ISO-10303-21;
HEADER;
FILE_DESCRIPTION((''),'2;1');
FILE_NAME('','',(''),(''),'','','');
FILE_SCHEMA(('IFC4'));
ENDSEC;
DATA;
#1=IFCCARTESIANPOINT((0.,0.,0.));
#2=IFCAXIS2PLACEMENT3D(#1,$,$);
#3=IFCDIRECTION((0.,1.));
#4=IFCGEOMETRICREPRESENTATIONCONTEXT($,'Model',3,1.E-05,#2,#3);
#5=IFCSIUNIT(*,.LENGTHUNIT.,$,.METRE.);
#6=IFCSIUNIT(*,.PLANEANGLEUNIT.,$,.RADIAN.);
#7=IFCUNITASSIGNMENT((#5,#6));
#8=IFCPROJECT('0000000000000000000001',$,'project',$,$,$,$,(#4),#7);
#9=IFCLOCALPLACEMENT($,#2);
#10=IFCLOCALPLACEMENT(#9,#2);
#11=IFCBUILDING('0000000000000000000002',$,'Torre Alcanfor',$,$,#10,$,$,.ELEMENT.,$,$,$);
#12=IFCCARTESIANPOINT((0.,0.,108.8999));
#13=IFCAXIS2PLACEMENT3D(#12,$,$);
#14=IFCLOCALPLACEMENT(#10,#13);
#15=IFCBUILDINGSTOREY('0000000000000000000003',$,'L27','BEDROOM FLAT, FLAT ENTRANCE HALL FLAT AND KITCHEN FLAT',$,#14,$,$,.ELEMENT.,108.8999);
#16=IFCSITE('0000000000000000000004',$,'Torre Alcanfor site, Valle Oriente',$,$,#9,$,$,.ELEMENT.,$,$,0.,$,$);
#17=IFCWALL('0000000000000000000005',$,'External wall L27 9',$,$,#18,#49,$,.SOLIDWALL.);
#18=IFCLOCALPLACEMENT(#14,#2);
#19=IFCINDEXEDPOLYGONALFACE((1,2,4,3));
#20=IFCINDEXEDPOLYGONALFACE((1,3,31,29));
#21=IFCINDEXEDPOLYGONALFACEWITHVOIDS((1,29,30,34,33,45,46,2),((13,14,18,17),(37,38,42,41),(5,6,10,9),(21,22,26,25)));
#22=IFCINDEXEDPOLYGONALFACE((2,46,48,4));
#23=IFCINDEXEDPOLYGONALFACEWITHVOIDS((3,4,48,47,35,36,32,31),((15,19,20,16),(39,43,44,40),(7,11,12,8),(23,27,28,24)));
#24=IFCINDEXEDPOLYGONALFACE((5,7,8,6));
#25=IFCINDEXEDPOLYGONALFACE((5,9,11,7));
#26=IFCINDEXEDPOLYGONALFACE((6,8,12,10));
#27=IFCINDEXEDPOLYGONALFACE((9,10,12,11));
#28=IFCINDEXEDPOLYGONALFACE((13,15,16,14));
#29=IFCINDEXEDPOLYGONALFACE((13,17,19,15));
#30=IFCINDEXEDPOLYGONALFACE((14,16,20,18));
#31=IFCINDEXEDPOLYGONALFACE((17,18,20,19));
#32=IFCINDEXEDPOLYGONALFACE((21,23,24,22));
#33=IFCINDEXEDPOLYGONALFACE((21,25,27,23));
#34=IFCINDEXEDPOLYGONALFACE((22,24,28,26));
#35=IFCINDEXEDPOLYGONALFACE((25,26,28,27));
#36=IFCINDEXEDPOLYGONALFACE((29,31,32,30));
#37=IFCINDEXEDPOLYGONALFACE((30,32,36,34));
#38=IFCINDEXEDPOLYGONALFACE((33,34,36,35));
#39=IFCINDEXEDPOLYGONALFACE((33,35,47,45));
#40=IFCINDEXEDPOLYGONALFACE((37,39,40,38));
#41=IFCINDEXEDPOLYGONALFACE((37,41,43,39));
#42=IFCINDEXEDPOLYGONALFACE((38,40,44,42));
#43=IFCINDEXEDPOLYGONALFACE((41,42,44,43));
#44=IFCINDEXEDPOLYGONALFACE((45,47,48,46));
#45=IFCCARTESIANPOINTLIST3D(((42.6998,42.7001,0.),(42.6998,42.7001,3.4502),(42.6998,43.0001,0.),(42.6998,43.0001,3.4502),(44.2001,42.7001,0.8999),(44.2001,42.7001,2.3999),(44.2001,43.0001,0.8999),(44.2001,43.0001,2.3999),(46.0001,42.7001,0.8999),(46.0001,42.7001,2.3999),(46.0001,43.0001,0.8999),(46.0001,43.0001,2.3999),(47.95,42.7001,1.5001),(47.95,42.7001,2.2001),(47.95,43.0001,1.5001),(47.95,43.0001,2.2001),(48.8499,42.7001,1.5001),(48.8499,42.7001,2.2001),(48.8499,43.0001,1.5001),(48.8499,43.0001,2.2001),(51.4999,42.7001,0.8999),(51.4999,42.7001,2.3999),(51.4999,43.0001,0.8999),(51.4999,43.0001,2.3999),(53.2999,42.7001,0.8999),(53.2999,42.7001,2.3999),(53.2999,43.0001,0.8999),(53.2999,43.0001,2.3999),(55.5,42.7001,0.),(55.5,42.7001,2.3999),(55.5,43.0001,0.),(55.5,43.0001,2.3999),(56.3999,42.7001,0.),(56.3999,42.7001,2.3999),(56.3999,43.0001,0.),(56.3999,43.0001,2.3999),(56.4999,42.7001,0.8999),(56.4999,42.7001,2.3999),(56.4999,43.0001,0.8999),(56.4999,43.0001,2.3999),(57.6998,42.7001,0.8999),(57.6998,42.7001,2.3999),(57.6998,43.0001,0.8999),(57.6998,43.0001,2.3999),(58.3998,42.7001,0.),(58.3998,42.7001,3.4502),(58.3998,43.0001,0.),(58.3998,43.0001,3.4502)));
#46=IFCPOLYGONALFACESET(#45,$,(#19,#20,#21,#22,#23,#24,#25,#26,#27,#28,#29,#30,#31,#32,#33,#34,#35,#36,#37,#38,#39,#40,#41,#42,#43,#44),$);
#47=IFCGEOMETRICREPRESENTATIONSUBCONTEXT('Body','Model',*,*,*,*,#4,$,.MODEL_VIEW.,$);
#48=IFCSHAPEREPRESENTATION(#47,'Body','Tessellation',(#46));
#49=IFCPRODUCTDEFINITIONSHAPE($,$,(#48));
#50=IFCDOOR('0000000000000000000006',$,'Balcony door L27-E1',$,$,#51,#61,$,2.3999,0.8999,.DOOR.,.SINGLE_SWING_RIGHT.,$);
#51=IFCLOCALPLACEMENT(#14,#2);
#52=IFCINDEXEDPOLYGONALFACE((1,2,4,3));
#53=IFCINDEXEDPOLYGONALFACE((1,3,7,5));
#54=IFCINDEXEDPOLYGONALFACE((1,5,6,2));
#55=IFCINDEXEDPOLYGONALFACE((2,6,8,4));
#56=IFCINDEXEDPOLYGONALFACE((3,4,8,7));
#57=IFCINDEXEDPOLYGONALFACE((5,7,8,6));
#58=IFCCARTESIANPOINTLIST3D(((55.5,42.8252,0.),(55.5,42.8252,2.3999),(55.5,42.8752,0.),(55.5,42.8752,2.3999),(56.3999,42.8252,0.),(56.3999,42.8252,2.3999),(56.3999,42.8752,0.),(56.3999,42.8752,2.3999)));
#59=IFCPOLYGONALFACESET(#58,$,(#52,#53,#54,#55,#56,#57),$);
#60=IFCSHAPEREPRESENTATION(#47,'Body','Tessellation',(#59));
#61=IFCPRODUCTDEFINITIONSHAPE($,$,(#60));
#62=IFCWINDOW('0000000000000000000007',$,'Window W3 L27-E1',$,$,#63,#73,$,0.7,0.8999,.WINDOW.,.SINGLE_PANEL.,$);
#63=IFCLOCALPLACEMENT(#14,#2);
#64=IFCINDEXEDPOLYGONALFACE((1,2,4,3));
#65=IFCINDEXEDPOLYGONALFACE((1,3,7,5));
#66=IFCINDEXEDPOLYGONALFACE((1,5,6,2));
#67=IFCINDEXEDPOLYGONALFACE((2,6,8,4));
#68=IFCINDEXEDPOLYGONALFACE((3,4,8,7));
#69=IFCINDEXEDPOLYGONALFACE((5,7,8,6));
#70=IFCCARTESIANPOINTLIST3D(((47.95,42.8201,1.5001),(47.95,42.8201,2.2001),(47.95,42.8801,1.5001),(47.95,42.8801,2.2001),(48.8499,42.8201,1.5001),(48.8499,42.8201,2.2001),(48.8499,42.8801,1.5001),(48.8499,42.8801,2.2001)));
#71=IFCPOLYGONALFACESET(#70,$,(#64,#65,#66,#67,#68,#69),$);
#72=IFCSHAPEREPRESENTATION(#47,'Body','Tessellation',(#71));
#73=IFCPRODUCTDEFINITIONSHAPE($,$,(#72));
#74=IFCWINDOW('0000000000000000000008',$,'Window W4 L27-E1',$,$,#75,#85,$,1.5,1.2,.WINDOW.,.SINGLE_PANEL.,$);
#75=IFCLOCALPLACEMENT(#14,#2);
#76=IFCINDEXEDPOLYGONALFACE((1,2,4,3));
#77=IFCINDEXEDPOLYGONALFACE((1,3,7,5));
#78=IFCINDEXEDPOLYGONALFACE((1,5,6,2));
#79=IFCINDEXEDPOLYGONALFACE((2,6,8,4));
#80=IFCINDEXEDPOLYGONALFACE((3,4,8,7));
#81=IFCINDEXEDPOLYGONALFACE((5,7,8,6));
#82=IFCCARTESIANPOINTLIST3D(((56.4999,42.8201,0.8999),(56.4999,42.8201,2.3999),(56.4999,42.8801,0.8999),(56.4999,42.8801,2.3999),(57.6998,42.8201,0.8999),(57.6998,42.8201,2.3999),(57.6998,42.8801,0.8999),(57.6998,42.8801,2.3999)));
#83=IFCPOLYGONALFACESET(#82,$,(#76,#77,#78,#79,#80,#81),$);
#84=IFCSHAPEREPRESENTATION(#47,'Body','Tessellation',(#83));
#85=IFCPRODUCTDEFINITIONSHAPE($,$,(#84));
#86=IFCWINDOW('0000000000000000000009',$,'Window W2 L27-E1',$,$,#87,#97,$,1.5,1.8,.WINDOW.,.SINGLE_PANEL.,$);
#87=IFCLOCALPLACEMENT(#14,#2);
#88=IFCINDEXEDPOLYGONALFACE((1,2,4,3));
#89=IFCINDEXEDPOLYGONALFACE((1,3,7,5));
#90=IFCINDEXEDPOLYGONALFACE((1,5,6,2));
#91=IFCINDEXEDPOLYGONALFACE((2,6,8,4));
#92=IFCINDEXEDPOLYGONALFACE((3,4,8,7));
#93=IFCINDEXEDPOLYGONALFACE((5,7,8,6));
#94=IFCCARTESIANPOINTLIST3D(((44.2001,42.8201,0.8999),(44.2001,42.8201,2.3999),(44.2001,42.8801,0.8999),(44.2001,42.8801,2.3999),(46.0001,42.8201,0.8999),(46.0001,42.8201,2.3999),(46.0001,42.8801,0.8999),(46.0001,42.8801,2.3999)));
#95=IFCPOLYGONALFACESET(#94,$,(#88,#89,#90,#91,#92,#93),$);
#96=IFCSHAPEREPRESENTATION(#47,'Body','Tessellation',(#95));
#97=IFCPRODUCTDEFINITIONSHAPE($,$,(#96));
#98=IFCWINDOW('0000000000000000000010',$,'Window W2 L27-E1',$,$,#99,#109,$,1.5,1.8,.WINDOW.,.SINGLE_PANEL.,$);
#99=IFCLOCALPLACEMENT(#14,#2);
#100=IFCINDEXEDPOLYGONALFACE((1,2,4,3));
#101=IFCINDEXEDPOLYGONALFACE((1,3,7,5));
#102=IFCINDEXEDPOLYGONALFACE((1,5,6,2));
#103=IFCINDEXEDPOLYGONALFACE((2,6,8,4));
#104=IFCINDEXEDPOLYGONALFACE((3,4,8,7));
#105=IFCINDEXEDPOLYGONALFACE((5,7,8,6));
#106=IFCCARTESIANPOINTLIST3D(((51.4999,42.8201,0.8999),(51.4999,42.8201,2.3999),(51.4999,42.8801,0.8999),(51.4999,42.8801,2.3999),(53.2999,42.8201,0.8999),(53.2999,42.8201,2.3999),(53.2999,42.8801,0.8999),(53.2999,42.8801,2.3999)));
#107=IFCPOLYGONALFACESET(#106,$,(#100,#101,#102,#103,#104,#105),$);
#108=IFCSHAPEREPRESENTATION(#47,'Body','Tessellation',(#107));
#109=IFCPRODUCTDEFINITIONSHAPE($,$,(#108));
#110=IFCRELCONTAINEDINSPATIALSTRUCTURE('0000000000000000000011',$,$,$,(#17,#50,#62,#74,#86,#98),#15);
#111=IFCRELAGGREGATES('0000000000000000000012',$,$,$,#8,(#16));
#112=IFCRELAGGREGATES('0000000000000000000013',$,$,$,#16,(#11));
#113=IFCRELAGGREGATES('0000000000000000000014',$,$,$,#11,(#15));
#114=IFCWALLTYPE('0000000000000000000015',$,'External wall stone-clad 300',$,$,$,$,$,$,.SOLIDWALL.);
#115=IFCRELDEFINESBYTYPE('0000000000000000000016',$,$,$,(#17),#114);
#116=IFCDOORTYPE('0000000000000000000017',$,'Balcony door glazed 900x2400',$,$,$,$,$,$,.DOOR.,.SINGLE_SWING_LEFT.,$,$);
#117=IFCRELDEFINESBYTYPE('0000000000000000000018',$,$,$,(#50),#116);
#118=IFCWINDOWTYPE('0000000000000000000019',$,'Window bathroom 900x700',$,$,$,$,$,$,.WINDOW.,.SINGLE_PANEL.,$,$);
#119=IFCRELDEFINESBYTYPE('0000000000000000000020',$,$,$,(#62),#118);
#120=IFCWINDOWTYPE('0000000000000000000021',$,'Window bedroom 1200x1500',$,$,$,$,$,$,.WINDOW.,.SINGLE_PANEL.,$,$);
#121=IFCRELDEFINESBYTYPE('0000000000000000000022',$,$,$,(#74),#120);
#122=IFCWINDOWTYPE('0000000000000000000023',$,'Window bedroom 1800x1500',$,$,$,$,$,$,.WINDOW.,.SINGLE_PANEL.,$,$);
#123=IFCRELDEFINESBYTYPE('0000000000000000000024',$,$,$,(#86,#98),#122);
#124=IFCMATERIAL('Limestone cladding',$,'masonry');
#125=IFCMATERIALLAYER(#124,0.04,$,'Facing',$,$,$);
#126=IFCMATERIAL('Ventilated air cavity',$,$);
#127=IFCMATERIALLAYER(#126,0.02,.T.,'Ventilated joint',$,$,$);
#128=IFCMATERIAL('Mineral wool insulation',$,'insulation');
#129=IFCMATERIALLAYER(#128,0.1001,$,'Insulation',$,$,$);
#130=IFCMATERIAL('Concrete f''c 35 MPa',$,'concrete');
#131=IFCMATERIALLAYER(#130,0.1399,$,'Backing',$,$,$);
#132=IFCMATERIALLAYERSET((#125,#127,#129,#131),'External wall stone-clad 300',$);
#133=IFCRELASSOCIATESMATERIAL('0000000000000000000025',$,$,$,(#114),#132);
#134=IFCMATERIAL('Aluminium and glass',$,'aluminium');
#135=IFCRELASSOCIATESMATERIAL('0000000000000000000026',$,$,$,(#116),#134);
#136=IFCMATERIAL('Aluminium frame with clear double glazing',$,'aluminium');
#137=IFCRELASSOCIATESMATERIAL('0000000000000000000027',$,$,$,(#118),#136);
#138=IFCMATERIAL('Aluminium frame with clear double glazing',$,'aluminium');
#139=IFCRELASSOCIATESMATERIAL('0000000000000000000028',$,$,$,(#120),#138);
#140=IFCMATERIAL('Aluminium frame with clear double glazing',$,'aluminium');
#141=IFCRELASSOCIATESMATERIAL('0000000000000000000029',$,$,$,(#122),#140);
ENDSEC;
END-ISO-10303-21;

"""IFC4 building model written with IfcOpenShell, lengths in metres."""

from ifc_helpers import new_model, si_unit, direction, frame, frame_2d, origin, place, context, subcontext, project, spatial, rectangle, extrude, material, layer, layer_set, type_object, element, fill, save


model = new_model("IFC4")

# Units and contexts
model_context = context("Model", 3, precision=1e-05, world=origin(), true_north=direction((0.0, 1.0)))
body_context = subcontext(model_context, "Body", "Model", "MODEL_VIEW")
ifc_project = project(units=[si_unit("LENGTHUNIT", "METRE"), si_unit("PLANEANGLEUNIT", "RADIAN")], contexts=[model_context])

# Site, building, storey
site_placement = place(None, origin())
site = spatial("IfcSite", under=ifc_project, at=site_placement, Name="Torre Alcanfor site, Valle Oriente", CompositionType="ELEMENT", RefElevation=0.0)
building_placement = place(site_placement, origin())
building = spatial("IfcBuilding", under=site, at=building_placement, Name="Torre Alcanfor", CompositionType="ELEMENT")
storey_placement = place(building_placement, frame((0.0, 0.0, 108.8999)))
storey = spatial("IfcBuildingStorey", under=building, at=storey_placement, Name="L27", Description="BEDROOM FLAT, FLAT ENTRANCE HALL FLAT AND KITCHEN FLAT", CompositionType="ELEMENT", Elevation=108.8999)

# Wall, openings, door, windows
ifc_material_1 = material(Name="Limestone cladding", Category="masonry")
ifc_layer_1 = layer(ifc_material_1, 0.04, Name="Facing")
ifc_material_2 = material(Name="Ventilated air cavity")
ifc_layer_2 = layer(ifc_material_2, 0.02, ventilated=True, Name="Ventilated joint")
ifc_material_3 = material(Name="Mineral wool insulation", Category="insulation")
ifc_layer_3 = layer(ifc_material_3, 0.1001, Name="Insulation")
ifc_material_4 = material(Name="Concrete f'c 35 MPa", Category="concrete")
ifc_layer_4 = layer(ifc_material_4, 0.1399, Name="Backing")
ifc_layer_set_1 = layer_set([ifc_layer_1, ifc_layer_2, ifc_layer_3, ifc_layer_4], Name="External wall stone-clad 300")
wall_type_1 = type_object("IfcWallType", Name="External wall stone-clad 300", PredefinedType="SOLIDWALL", material=ifc_layer_set_1)
wall_1_placement = place(storey_placement, frame((58.3999, 42.8501, 0.0), z_axis=(0.0, 0.0, 1.0), x_axis=(-1.0, 0.0, 0.0)))
wall_1 = element("IfcWall", 1, at=wall_1_placement, inside=storey, type_object=wall_type_1, Name="External wall L27 9", PredefinedType="SOLIDWALL", context=body_context, shape_type="SweptSolid", body=[
    extrude(rectangle(XDim=15.7, YDim=0.3, at=frame_2d((7.8501, 0.0))), origin(), (0.0, 0.0, 1.0), 3.4502),
])
opening_1_placement = place(wall_1_placement, frame((12.3999, 0.0, 0.8999)))
opening_1 = element("IfcOpeningElement", 2, at=opening_1_placement, cuts=wall_1, PredefinedType="OPENING", context=body_context, shape_type="SweptSolid", body=[
    extrude(rectangle(XDim=1.8, YDim=1.5, at=frame_2d((0.8999, 0.75))), frame((0.0, 0.1599, 0.0), z_axis=(0.0, -1.0, 0.0), x_axis=(1.0, 0.0, 0.0)), (0.0, 0.0, 1.0), 0.3201),
])
opening_2_placement = place(wall_1_placement, frame((9.55, 0.0, 1.5)))
opening_2 = element("IfcOpeningElement", 3, at=opening_2_placement, cuts=wall_1, PredefinedType="OPENING", context=body_context, shape_type="SweptSolid", body=[
    extrude(rectangle(XDim=0.8999, YDim=0.7, at=frame_2d((0.45, 0.3501))), frame((0.0, 0.1599, 0.0), z_axis=(0.0, -1.0, 0.0), x_axis=(1.0, 0.0, 0.0)), (0.0, 0.0, 1.0), 0.3201),
])
opening_3_placement = place(wall_1_placement, frame((5.1001, 0.0, 0.8999)))
opening_3 = element("IfcOpeningElement", 4, at=opening_3_placement, cuts=wall_1, PredefinedType="OPENING", context=body_context, shape_type="SweptSolid", body=[
    extrude(rectangle(XDim=1.8, YDim=1.5, at=frame_2d((0.8999, 0.75))), frame((0.0, 0.1599, 0.0), z_axis=(0.0, -1.0, 0.0), x_axis=(1.0, 0.0, 0.0)), (0.0, 0.0, 1.0), 0.3201),
])
opening_4_placement = place(wall_1_placement, frame((2.0, 0.0, 0.0)))
opening_4 = element("IfcOpeningElement", 5, at=opening_4_placement, cuts=wall_1, PredefinedType="OPENING", context=body_context, shape_type="SweptSolid", body=[
    extrude(rectangle(XDim=0.8999, YDim=2.3999, at=frame_2d((0.45, 1.2))), frame((0.0, 0.1599, 0.0), z_axis=(0.0, -1.0, 0.0), x_axis=(1.0, 0.0, 0.0)), (0.0, 0.0, 1.0), 0.3201),
])
opening_5_placement = place(wall_1_placement, frame((0.7, 0.0, 0.8999)))
opening_5 = element("IfcOpeningElement", 6, at=opening_5_placement, cuts=wall_1, PredefinedType="OPENING", context=body_context, shape_type="SweptSolid", body=[
    extrude(rectangle(XDim=1.2, YDim=1.5, at=frame_2d((0.6001, 0.75))), frame((0.0, 0.1599, 0.0), z_axis=(0.0, -1.0, 0.0), x_axis=(1.0, 0.0, 0.0)), (0.0, 0.0, 1.0), 0.3201),
])
ifc_material_5 = material(Name="Aluminium and glass", Category="aluminium")
door_type_1 = type_object("IfcDoorType", Name="Balcony door glazed 900x2400", OperationType="SINGLE_SWING_LEFT", PredefinedType="DOOR", material=ifc_material_5)
door_1_placement = place(opening_4_placement, origin())
door_1 = element("IfcDoor", 7, at=door_1_placement, inside=storey, type_object=door_type_1, Name="Balcony door L27-E1", OperationType="SINGLE_SWING_RIGHT", OverallHeight=2.3999, OverallWidth=0.8999, PredefinedType="DOOR", context=body_context, shape_type="SweptSolid", body=[
    extrude(rectangle(XDim=0.8999, YDim=2.3999, at=frame_2d((0.45, 1.2))), frame((0.0, 0.0249, 0.0), z_axis=(0.0, -1.0, 0.0), x_axis=(1.0, 0.0, 0.0)), (0.0, 0.0, 1.0), 0.05),
])
fill(opening_4, door_1)
ifc_material_6 = material(Name="Aluminium frame with clear double glazing", Category="aluminium")
window_type_1 = type_object("IfcWindowType", Name="Window bathroom 900x700", PartitioningType="SINGLE_PANEL", PredefinedType="WINDOW", material=ifc_material_6)
window_1_placement = place(opening_2_placement, origin())
window_1 = element("IfcWindow", 8, at=window_1_placement, inside=storey, type_object=window_type_1, Name="Window W3 L27-E1", OverallHeight=0.7, OverallWidth=0.8999, PartitioningType="SINGLE_PANEL", PredefinedType="WINDOW", context=body_context, shape_type="SweptSolid", body=[
    extrude(rectangle(XDim=0.8999, YDim=0.7, at=frame_2d((0.45, 0.3501))), frame((0.0, 0.03, 0.0), z_axis=(0.0, -1.0, 0.0), x_axis=(1.0, 0.0, 0.0)), (0.0, 0.0, 1.0), 0.0601),
])
fill(opening_2, window_1)
ifc_material_7 = material(Name="Aluminium frame with clear double glazing", Category="aluminium")
window_type_2 = type_object("IfcWindowType", Name="Window bedroom 1200x1500", PartitioningType="SINGLE_PANEL", PredefinedType="WINDOW", material=ifc_material_7)
window_2_placement = place(opening_5_placement, origin())
window_2 = element("IfcWindow", 9, at=window_2_placement, inside=storey, type_object=window_type_2, Name="Window W4 L27-E1", OverallHeight=1.5, OverallWidth=1.2, PartitioningType="SINGLE_PANEL", PredefinedType="WINDOW", context=body_context, shape_type="SweptSolid", body=[
    extrude(rectangle(XDim=1.2, YDim=1.5, at=frame_2d((0.6001, 0.75))), frame((0.0, 0.03, 0.0), z_axis=(0.0, -1.0, 0.0), x_axis=(1.0, 0.0, 0.0)), (0.0, 0.0, 1.0), 0.0601),
])
fill(opening_5, window_2)
ifc_material_8 = material(Name="Aluminium frame with clear double glazing", Category="aluminium")
window_type_3 = type_object("IfcWindowType", Name="Window bedroom 1800x1500", PartitioningType="SINGLE_PANEL", PredefinedType="WINDOW", material=ifc_material_8)
window_3_placement = place(opening_1_placement, origin())
window_3 = element("IfcWindow", 10, at=window_3_placement, inside=storey, type_object=window_type_3, Name="Window W2 L27-E1", OverallHeight=1.5, OverallWidth=1.8, PartitioningType="SINGLE_PANEL", PredefinedType="WINDOW", context=body_context, shape_type="SweptSolid", body=[
    extrude(rectangle(XDim=1.8, YDim=1.5, at=frame_2d((0.8999, 0.75))), frame((0.0, 0.03, 0.0), z_axis=(0.0, -1.0, 0.0), x_axis=(1.0, 0.0, 0.0)), (0.0, 0.0, 1.0), 0.0601),
])
fill(opening_1, window_3)
window_4_placement = place(opening_3_placement, origin())
window_4 = element("IfcWindow", 11, at=window_4_placement, inside=storey, type_object=window_type_3, Name="Window W2 L27-E1", OverallHeight=1.5, OverallWidth=1.8, PartitioningType="SINGLE_PANEL", PredefinedType="WINDOW", context=body_context, shape_type="SweptSolid", body=[
    extrude(rectangle(XDim=1.8, YDim=1.5, at=frame_2d((0.8999, 0.75))), frame((0.0, 0.03, 0.0), z_axis=(0.0, -1.0, 0.0), x_axis=(1.0, 0.0, 0.0)), (0.0, 0.0, 1.0), 0.0601),
])
fill(opening_3, window_4)

save(model, "model.ifc")
